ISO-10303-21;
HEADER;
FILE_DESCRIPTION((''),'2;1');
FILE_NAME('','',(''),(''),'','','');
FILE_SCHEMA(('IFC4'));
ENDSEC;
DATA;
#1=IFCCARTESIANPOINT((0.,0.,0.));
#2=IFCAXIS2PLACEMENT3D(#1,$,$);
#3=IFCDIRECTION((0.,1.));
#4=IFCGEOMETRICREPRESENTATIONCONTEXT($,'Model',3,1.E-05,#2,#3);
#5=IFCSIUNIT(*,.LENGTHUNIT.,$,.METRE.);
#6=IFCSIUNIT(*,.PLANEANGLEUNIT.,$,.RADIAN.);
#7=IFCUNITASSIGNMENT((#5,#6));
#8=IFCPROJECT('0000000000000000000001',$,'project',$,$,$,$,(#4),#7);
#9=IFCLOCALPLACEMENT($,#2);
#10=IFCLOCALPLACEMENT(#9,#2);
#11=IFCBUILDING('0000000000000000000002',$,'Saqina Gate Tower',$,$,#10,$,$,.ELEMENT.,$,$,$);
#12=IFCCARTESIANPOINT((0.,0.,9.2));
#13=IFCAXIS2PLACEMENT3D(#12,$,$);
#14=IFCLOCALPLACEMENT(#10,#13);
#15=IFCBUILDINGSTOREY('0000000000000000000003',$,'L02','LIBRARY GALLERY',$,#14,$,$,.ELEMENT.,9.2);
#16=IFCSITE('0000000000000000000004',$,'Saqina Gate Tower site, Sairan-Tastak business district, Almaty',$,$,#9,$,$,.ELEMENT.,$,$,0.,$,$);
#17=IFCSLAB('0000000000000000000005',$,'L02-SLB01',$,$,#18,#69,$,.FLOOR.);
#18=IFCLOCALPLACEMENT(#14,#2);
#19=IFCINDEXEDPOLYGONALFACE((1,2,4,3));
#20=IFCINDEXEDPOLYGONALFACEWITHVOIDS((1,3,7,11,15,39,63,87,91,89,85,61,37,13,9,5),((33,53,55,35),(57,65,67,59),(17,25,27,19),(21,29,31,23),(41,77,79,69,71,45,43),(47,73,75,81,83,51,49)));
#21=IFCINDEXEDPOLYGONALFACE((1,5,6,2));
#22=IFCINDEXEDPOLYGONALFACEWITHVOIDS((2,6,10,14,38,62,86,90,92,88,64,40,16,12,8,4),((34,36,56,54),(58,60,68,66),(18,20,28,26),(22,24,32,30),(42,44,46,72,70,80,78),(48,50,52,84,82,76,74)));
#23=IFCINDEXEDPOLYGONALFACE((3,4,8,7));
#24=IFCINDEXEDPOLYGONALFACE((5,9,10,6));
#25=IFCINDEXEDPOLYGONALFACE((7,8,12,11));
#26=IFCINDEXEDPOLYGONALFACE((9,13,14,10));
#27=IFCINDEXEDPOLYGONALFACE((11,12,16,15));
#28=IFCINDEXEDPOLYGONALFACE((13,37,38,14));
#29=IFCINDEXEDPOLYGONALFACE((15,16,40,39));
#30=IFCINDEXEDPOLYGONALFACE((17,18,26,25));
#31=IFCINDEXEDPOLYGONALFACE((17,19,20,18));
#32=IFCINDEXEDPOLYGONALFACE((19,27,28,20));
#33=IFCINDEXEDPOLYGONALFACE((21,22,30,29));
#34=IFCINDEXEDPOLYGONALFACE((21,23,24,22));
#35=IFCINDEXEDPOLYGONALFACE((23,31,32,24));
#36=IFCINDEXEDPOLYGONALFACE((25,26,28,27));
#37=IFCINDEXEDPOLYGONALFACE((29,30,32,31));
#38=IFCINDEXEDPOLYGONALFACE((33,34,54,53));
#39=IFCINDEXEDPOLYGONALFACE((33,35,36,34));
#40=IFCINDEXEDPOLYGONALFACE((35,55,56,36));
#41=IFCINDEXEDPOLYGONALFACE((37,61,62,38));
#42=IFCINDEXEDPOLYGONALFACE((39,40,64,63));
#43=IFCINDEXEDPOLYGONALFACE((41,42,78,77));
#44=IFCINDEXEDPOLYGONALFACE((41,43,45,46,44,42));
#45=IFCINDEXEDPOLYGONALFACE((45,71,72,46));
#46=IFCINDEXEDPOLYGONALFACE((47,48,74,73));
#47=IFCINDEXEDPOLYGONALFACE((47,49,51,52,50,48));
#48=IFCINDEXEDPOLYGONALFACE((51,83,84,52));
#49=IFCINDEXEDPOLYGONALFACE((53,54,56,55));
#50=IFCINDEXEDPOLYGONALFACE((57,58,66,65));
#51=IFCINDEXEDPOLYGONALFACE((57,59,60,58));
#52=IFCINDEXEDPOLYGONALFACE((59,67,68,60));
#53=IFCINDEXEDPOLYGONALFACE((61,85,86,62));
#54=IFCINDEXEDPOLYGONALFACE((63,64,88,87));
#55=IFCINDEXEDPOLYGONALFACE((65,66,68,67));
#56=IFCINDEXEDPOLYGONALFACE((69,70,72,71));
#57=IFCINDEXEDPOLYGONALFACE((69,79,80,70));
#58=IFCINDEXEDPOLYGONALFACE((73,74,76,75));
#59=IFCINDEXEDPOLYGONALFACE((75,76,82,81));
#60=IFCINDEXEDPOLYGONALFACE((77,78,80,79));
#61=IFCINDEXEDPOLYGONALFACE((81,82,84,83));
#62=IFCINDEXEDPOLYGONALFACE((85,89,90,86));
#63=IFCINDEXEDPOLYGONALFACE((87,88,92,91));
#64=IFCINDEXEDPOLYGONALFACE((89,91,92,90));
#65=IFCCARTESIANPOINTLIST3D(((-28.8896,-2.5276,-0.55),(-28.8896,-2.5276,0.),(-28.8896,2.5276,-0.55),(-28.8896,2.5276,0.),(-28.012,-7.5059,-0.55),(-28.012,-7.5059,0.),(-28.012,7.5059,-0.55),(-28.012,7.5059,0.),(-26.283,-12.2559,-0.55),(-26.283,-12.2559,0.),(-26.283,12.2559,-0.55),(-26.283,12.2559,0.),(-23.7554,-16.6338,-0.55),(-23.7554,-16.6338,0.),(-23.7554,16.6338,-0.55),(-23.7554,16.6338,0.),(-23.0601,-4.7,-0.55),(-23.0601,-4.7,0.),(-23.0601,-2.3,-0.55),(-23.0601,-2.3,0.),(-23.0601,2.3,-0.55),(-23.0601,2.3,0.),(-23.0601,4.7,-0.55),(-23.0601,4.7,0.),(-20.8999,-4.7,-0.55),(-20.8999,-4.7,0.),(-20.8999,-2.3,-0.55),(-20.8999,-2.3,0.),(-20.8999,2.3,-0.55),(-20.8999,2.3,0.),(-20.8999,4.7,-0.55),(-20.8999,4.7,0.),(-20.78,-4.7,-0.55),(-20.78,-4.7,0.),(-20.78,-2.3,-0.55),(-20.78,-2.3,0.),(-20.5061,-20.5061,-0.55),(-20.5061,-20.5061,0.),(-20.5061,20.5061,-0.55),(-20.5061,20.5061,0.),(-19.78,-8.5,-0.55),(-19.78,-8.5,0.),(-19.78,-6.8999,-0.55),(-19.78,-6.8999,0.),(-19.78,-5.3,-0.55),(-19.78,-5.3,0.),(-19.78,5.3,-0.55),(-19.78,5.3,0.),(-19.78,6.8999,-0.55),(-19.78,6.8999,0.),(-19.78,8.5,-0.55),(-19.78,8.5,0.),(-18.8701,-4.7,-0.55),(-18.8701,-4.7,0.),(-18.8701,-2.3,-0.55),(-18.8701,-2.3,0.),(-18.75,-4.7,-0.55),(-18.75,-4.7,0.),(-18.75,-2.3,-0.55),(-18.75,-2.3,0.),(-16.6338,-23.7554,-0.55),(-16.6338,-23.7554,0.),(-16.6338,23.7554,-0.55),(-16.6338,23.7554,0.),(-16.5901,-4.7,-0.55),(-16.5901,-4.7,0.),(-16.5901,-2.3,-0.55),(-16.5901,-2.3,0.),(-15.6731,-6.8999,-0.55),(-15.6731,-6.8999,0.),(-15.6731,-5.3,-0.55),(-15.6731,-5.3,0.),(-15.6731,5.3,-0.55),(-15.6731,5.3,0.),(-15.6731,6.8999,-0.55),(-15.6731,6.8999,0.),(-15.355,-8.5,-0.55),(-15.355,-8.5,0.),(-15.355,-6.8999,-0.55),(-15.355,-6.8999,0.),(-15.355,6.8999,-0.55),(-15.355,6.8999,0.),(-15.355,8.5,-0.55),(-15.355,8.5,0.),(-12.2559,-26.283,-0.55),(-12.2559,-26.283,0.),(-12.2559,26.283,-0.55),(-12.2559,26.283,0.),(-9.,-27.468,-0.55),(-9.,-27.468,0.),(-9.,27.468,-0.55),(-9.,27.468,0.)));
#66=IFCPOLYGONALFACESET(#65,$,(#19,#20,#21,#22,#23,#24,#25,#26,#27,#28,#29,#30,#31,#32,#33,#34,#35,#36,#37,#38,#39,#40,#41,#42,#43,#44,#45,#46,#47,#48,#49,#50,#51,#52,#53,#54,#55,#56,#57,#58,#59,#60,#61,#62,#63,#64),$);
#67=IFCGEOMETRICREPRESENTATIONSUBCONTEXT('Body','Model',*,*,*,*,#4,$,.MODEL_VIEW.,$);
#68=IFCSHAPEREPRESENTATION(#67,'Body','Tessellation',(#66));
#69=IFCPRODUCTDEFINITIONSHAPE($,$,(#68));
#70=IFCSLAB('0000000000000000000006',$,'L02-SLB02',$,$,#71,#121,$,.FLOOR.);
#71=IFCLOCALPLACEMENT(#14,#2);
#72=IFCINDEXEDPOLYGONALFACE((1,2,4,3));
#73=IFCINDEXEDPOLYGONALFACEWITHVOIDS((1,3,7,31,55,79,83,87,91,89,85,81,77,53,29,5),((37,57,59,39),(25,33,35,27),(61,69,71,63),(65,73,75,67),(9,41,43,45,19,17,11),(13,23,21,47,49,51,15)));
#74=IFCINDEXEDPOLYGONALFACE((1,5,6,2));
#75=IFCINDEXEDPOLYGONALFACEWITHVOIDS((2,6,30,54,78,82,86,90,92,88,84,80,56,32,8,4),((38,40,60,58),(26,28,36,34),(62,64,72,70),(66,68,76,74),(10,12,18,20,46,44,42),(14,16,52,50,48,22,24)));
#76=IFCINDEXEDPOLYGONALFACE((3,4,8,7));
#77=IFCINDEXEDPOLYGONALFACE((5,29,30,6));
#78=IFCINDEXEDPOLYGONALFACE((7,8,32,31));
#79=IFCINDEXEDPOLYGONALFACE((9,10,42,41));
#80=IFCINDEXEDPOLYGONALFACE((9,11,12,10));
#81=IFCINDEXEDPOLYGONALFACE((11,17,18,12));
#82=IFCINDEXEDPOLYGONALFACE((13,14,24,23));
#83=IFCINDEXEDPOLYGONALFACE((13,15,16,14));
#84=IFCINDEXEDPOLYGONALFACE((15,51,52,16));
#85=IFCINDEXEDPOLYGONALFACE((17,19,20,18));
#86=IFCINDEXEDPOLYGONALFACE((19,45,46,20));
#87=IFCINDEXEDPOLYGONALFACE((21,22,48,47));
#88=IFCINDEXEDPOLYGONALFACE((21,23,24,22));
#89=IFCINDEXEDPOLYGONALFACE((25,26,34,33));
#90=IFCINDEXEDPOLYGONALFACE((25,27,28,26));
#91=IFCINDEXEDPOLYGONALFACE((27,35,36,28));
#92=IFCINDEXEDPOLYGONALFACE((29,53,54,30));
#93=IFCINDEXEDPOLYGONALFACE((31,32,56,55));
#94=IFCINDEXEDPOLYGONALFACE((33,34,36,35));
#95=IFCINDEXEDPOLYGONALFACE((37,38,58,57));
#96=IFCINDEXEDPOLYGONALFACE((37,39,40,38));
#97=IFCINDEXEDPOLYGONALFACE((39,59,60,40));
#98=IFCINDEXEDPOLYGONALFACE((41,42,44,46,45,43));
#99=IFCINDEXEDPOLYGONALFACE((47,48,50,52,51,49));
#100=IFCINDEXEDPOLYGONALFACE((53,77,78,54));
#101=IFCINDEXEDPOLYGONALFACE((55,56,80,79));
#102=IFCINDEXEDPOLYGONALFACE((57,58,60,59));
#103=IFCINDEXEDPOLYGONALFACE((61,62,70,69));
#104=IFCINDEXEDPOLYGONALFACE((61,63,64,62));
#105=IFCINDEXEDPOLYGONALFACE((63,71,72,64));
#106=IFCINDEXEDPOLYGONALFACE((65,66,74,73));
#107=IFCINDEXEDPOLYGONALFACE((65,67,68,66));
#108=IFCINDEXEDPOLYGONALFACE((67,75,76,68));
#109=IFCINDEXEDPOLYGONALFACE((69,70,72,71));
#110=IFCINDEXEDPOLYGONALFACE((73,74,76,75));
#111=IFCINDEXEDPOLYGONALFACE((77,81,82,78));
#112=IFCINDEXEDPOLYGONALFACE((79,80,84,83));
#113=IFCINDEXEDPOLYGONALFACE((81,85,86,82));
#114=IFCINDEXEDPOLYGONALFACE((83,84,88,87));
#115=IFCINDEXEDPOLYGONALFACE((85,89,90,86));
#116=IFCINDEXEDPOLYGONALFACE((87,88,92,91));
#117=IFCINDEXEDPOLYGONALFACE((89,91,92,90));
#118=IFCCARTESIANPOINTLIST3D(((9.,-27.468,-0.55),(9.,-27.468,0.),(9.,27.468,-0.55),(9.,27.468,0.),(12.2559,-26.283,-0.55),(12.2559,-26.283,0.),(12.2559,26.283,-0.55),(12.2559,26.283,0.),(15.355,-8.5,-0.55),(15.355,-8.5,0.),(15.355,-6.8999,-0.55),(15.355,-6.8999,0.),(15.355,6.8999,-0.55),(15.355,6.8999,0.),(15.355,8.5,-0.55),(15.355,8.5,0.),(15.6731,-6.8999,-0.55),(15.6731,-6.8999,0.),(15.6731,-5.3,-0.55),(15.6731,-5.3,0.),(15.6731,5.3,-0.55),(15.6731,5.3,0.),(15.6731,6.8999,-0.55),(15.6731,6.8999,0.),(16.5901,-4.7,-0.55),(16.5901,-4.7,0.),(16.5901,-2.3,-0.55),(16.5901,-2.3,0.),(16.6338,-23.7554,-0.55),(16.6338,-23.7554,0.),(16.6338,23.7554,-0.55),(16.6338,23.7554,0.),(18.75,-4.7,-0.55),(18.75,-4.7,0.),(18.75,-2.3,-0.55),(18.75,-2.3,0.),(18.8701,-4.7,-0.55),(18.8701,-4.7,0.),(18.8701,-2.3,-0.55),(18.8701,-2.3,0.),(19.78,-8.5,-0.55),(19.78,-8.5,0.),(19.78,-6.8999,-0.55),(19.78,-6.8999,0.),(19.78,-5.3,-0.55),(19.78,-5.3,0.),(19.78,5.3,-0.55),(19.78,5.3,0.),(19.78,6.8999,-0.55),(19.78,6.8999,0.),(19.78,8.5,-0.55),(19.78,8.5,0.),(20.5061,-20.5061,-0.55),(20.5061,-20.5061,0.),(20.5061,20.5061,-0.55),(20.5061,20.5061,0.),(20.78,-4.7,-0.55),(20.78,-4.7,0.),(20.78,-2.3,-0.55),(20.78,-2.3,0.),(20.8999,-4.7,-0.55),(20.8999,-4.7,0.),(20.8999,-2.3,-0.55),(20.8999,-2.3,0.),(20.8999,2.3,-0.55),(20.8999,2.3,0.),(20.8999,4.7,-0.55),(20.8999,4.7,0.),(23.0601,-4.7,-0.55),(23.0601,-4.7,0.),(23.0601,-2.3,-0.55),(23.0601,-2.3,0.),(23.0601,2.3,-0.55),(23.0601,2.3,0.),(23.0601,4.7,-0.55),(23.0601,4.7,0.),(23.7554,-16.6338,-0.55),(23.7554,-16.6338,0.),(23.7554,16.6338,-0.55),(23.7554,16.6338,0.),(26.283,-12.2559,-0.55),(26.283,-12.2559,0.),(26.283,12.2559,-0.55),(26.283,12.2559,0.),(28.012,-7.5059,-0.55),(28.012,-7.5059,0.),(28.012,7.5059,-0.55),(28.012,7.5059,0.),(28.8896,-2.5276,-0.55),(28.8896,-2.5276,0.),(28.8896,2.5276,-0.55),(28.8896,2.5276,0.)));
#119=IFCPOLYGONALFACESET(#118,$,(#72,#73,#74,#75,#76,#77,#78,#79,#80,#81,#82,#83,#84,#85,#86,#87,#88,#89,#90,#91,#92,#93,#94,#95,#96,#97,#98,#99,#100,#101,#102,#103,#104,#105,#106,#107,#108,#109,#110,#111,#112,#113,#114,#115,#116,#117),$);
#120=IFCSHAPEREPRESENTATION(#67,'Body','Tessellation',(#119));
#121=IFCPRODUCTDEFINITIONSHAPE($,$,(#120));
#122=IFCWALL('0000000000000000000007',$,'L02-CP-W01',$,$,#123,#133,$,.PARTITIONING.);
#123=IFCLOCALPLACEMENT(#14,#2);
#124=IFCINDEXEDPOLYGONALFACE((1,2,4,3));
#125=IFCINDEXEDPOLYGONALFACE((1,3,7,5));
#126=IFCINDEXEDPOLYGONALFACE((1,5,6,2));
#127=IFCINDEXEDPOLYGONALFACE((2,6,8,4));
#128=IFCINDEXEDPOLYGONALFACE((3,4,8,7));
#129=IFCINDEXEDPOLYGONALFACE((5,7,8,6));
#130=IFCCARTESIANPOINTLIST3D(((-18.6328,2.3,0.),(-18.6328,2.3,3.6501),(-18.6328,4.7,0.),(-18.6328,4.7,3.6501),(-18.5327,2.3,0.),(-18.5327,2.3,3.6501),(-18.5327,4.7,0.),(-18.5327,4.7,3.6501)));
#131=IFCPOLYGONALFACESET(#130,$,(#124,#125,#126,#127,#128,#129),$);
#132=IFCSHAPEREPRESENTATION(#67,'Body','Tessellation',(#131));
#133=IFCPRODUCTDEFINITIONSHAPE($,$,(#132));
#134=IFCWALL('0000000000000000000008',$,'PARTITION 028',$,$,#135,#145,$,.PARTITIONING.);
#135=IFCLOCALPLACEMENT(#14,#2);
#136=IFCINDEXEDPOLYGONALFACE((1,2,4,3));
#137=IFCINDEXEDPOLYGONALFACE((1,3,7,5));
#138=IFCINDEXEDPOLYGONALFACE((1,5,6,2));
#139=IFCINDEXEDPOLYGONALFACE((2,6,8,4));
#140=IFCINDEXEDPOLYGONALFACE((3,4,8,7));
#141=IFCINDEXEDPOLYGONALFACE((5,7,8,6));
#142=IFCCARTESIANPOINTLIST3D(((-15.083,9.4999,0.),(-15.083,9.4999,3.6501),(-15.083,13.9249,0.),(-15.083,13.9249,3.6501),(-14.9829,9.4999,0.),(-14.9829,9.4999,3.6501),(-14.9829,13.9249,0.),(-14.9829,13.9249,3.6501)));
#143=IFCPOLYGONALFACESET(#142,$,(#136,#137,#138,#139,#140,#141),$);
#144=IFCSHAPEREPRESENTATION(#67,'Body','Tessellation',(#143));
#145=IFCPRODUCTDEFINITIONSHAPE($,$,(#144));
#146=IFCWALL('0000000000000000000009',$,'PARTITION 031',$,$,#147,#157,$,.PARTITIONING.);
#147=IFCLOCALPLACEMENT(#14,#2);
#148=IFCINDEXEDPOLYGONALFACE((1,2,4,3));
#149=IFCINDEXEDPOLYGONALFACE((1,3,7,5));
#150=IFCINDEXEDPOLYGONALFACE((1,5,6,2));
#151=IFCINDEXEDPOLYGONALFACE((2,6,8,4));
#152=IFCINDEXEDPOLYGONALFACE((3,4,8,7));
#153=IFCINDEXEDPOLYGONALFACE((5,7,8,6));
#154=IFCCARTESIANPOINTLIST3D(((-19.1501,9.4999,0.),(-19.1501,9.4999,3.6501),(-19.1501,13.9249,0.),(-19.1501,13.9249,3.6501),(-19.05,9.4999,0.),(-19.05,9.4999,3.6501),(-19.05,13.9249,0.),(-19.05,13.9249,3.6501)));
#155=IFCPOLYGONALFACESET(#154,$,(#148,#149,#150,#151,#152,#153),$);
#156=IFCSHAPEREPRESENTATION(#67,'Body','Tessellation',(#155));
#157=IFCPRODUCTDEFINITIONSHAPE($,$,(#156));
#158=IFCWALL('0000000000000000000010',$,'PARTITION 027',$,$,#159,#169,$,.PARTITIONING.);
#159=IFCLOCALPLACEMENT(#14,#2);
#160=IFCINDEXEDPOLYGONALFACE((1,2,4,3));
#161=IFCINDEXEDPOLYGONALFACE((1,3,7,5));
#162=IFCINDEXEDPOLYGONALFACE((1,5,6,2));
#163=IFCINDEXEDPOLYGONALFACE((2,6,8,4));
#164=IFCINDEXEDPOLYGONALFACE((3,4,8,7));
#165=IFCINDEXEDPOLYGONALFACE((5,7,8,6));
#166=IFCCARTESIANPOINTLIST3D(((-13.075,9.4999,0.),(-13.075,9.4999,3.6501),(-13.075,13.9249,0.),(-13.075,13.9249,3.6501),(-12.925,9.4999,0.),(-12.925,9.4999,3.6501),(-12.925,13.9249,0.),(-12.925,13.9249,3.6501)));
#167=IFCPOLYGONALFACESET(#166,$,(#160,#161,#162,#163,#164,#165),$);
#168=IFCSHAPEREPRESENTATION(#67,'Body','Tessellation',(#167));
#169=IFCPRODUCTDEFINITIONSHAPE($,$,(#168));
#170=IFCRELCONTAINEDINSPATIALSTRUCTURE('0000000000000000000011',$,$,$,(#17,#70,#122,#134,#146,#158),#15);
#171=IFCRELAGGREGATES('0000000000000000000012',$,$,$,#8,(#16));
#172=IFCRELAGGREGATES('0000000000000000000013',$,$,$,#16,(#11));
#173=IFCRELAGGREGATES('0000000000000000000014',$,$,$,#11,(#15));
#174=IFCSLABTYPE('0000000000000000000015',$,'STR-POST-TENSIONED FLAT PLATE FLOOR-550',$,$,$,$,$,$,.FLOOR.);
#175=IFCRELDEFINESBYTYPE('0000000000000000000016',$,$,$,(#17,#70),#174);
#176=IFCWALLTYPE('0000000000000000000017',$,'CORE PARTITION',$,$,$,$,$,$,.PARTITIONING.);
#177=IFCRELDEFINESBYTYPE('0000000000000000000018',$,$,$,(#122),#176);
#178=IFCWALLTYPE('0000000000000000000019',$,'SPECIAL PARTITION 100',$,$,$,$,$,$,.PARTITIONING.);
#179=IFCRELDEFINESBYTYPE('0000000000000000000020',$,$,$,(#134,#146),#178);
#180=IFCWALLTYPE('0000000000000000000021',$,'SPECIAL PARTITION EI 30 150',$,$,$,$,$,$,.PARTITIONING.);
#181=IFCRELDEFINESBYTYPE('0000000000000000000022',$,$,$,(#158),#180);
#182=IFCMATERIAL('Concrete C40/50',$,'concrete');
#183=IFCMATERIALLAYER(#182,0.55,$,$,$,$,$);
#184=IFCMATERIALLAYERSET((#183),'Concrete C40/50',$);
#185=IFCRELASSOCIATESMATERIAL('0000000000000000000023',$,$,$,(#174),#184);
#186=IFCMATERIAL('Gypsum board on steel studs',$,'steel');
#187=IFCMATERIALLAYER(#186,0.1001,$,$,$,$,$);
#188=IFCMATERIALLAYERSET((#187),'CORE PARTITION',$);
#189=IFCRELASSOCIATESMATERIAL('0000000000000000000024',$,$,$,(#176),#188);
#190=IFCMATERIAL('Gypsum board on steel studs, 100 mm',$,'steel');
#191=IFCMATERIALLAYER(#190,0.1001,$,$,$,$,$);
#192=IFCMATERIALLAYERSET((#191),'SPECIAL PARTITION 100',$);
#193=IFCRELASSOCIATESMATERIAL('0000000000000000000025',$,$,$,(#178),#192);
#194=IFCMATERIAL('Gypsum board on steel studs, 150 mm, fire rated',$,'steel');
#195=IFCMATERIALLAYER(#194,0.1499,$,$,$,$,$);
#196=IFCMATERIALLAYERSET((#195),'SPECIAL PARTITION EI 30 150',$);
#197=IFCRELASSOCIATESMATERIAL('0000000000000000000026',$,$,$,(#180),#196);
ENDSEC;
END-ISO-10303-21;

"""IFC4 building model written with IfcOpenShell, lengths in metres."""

from ifc_helpers import new_model, si_unit, direction, frame, frame_2d, origin, place, context, subcontext, project, spatial, polyline, rectangle, outline, extrude, material, layer, layer_set, type_object, element, save


model = new_model("IFC4")

# Units and contexts
model_context = context("Model", 3, precision=1e-05, world=origin(), true_north=direction((0.0, 1.0)))
body_context = subcontext(model_context, "Body", "Model", "MODEL_VIEW")
ifc_project = project(units=[si_unit("LENGTHUNIT", "METRE"), si_unit("PLANEANGLEUNIT", "RADIAN")], contexts=[model_context])

# Site, building, storey
site_placement = place(None, origin())
site = spatial("IfcSite", under=ifc_project, at=site_placement, Name="Saqina Gate Tower site, Sairan-Tastak business district, Almaty", CompositionType="ELEMENT", RefElevation=0.0)
building_placement = place(site_placement, origin())
building = spatial("IfcBuilding", under=site, at=building_placement, Name="Saqina Gate Tower", CompositionType="ELEMENT")
storey_placement = place(building_placement, frame((0.0, 0.0, 9.2)))
storey = spatial("IfcBuildingStorey", under=building, at=storey_placement, Name="L02", Description="LIBRARY GALLERY", CompositionType="ELEMENT", Elevation=9.2)

# Slabs
ifc_material_1 = material(Name="Concrete C40/50", Category="concrete")
ifc_layer_1 = layer(ifc_material_1, 0.55)
ifc_layer_set_1 = layer_set([ifc_layer_1], Name="Concrete C40/50")
slab_type_1 = type_object("IfcSlabType", Name="STR-POST-TENSIONED FLAT PLATE FLOOR-550", PredefinedType="FLOOR", material=ifc_layer_set_1)
slab_1_placement = place(storey_placement, frame((0.0, 0.0, -0.55)))
element("IfcSlab", 1, at=slab_1_placement, inside=storey, type_object=slab_type_1, Name="L02-SLB01", PredefinedType="FLOOR", context=body_context, shape_type="SweptSolid", body=[
    extrude(outline(polyline([(-16.6338, -23.7554), (-12.2559, -26.283), (-9.0, -27.468), (-9.0, 27.468), (-12.2559, 26.283), (-16.6338, 23.7554), (-20.5061, 20.5061), (-23.7554, 16.6338), (-26.283, 12.2559), (-28.012, 7.5059), (-28.8896, 2.5276), (-28.8896, -2.5276), (-28.012, -7.5059), (-26.283, -12.2559), (-23.7554, -16.6338), (-20.5061, -20.5061), (-16.6338, -23.7554)]), holes=[polyline([(-19.78, -8.5), (-19.78, -6.8999), (-19.78, -5.3), (-15.6731, -5.3), (-15.6731, -6.8999), (-15.355, -6.8999), (-15.355, -8.5), (-19.78, -8.5)]), polyline([(-20.8999, -2.3), (-20.8999, -4.7), (-23.0601, -4.7), (-23.0601, -2.3), (-20.8999, -2.3)]), polyline([(-18.8701, -2.3), (-18.8701, -4.7), (-20.78, -4.7), (-20.78, -2.3), (-18.8701, -2.3)]), polyline([(-16.5901, -2.3), (-16.5901, -4.7), (-18.75, -4.7), (-18.75, -2.3), (-16.5901, -2.3)]), polyline([(-20.8999, 4.7), (-20.8999, 2.3), (-23.0601, 2.3), (-23.0601, 4.7), (-20.8999, 4.7)]), polyline([(-19.78, 6.8999), (-19.78, 8.5), (-15.355, 8.5), (-15.355, 6.8999), (-15.6731, 6.8999), (-15.6731, 5.3), (-19.78, 5.3), (-19.78, 6.8999)])]), origin(), (0.0, 0.0, 1.0), 0.55),
])
slab_2_placement = place(storey_placement, frame((0.0, 0.0, -0.55)))
element("IfcSlab", 2, at=slab_2_placement, inside=storey, type_object=slab_type_1, Name="L02-SLB02", PredefinedType="FLOOR", context=body_context, shape_type="SweptSolid", body=[
    extrude(outline(polyline([(26.283, -12.2559), (28.012, -7.5059), (28.8896, -2.5276), (28.8896, 2.5276), (28.012, 7.5059), (26.283, 12.2559), (23.7554, 16.6338), (20.5061, 20.5061), (16.6338, 23.7554), (12.2559, 26.283), (9.0, 27.468), (9.0, -27.468), (12.2559, -26.283), (16.6338, -23.7554), (20.5061, -20.5061), (23.7554, -16.6338), (26.283, -12.2559)]), holes=[polyline([(15.355, -6.8999), (15.6731, -6.8999), (15.6731, -5.3), (19.78, -5.3), (19.78, -6.8999), (19.78, -8.5), (15.355, -8.5), (15.355, -6.8999)]), polyline([(18.75, -2.3), (18.75, -4.7), (16.5901, -4.7), (16.5901, -2.3), (18.75, -2.3)]), polyline([(20.78, -2.3), (20.78, -4.7), (18.8701, -4.7), (18.8701, -2.3), (20.78, -2.3)]), polyline([(23.0601, -2.3), (23.0601, -4.7), (20.8999, -4.7), (20.8999, -2.3), (23.0601, -2.3)]), polyline([(23.0601, 4.7), (23.0601, 2.3), (20.8999, 2.3), (20.8999, 4.7), (23.0601, 4.7)]), polyline([(15.6731, 6.8999), (15.355, 6.8999), (15.355, 8.5), (19.78, 8.5), (19.78, 6.8999), (19.78, 5.3), (15.6731, 5.3), (15.6731, 6.8999)])]), origin(), (0.0, 0.0, 1.0), 0.55),
])

# Walls
ifc_material_2 = material(Name="Gypsum board on steel studs", Category="steel")
ifc_layer_2 = layer(ifc_material_2, 0.1001)
ifc_layer_set_2 = layer_set([ifc_layer_2], Name="CORE PARTITION")
wall_type_1 = type_object("IfcWallType", Name="CORE PARTITION", PredefinedType="PARTITIONING", material=ifc_layer_set_2)
wall_1_placement = place(storey_placement, frame((-18.5828, 2.3, 0.0), z_axis=(0.0, 0.0, 1.0), x_axis=(0.0, 1.0, 0.0)))
element("IfcWall", 3, at=wall_1_placement, inside=storey, type_object=wall_type_1, Name="L02-CP-W01", PredefinedType="PARTITIONING", context=body_context, shape_type="SweptSolid", body=[
    extrude(rectangle(XDim=2.3999, YDim=0.1001, at=frame_2d((1.2, 0.0))), origin(), (0.0, 0.0, 1.0), 3.6501),
])
ifc_material_3 = material(Name="Gypsum board on steel studs, 100 mm", Category="steel")
ifc_layer_3 = layer(ifc_material_3, 0.1001)
ifc_layer_set_3 = layer_set([ifc_layer_3], Name="SPECIAL PARTITION 100")
wall_type_2 = type_object("IfcWallType", Name="SPECIAL PARTITION 100", PredefinedType="PARTITIONING", material=ifc_layer_set_3)
for number, where, z_axis, x_axis, name in (
    (4, (-15.033, 9.5, 0.0), (0.0, 0.0, 1.0), (0.0, 1.0, 0.0), "PARTITION 028"),
    (5, (-19.1001, 9.5, 0.0), (0.0, 0.0, 1.0), (0.0, 1.0, 0.0), "PARTITION 031"),
):
    element("IfcWall", number, at=place(storey_placement, frame(where, z_axis=z_axis, x_axis=x_axis)), inside=storey, type_object=wall_type_2, Name=name, PredefinedType="PARTITIONING", context=body_context, shape_type="SweptSolid", body=[
        extrude(rectangle(XDim=4.425, YDim=0.1001, at=frame_2d((2.2124, 0.0))), origin(), (0.0, 0.0, 1.0), 3.6501),
    ])
ifc_material_4 = material(Name="Gypsum board on steel studs, 150 mm, fire rated", Category="steel")
ifc_layer_4 = layer(ifc_material_4, 0.1499)
ifc_layer_set_4 = layer_set([ifc_layer_4], Name="SPECIAL PARTITION EI 30 150")
wall_type_3 = type_object("IfcWallType", Name="SPECIAL PARTITION EI 30 150", PredefinedType="PARTITIONING", material=ifc_layer_set_4)
wall_2_placement = place(storey_placement, frame((-13.0, 9.5, 0.0), z_axis=(0.0, 0.0, 1.0), x_axis=(0.0, 1.0, 0.0)))
element("IfcWall", 6, at=wall_2_placement, inside=storey, type_object=wall_type_3, Name="PARTITION 027", PredefinedType="PARTITIONING", context=body_context, shape_type="SweptSolid", body=[
    extrude(rectangle(XDim=4.425, YDim=0.1499, at=frame_2d((2.2124, 0.0))), origin(), (0.0, 0.0, 1.0), 3.6501),
])

save(model, "model.ifc")
